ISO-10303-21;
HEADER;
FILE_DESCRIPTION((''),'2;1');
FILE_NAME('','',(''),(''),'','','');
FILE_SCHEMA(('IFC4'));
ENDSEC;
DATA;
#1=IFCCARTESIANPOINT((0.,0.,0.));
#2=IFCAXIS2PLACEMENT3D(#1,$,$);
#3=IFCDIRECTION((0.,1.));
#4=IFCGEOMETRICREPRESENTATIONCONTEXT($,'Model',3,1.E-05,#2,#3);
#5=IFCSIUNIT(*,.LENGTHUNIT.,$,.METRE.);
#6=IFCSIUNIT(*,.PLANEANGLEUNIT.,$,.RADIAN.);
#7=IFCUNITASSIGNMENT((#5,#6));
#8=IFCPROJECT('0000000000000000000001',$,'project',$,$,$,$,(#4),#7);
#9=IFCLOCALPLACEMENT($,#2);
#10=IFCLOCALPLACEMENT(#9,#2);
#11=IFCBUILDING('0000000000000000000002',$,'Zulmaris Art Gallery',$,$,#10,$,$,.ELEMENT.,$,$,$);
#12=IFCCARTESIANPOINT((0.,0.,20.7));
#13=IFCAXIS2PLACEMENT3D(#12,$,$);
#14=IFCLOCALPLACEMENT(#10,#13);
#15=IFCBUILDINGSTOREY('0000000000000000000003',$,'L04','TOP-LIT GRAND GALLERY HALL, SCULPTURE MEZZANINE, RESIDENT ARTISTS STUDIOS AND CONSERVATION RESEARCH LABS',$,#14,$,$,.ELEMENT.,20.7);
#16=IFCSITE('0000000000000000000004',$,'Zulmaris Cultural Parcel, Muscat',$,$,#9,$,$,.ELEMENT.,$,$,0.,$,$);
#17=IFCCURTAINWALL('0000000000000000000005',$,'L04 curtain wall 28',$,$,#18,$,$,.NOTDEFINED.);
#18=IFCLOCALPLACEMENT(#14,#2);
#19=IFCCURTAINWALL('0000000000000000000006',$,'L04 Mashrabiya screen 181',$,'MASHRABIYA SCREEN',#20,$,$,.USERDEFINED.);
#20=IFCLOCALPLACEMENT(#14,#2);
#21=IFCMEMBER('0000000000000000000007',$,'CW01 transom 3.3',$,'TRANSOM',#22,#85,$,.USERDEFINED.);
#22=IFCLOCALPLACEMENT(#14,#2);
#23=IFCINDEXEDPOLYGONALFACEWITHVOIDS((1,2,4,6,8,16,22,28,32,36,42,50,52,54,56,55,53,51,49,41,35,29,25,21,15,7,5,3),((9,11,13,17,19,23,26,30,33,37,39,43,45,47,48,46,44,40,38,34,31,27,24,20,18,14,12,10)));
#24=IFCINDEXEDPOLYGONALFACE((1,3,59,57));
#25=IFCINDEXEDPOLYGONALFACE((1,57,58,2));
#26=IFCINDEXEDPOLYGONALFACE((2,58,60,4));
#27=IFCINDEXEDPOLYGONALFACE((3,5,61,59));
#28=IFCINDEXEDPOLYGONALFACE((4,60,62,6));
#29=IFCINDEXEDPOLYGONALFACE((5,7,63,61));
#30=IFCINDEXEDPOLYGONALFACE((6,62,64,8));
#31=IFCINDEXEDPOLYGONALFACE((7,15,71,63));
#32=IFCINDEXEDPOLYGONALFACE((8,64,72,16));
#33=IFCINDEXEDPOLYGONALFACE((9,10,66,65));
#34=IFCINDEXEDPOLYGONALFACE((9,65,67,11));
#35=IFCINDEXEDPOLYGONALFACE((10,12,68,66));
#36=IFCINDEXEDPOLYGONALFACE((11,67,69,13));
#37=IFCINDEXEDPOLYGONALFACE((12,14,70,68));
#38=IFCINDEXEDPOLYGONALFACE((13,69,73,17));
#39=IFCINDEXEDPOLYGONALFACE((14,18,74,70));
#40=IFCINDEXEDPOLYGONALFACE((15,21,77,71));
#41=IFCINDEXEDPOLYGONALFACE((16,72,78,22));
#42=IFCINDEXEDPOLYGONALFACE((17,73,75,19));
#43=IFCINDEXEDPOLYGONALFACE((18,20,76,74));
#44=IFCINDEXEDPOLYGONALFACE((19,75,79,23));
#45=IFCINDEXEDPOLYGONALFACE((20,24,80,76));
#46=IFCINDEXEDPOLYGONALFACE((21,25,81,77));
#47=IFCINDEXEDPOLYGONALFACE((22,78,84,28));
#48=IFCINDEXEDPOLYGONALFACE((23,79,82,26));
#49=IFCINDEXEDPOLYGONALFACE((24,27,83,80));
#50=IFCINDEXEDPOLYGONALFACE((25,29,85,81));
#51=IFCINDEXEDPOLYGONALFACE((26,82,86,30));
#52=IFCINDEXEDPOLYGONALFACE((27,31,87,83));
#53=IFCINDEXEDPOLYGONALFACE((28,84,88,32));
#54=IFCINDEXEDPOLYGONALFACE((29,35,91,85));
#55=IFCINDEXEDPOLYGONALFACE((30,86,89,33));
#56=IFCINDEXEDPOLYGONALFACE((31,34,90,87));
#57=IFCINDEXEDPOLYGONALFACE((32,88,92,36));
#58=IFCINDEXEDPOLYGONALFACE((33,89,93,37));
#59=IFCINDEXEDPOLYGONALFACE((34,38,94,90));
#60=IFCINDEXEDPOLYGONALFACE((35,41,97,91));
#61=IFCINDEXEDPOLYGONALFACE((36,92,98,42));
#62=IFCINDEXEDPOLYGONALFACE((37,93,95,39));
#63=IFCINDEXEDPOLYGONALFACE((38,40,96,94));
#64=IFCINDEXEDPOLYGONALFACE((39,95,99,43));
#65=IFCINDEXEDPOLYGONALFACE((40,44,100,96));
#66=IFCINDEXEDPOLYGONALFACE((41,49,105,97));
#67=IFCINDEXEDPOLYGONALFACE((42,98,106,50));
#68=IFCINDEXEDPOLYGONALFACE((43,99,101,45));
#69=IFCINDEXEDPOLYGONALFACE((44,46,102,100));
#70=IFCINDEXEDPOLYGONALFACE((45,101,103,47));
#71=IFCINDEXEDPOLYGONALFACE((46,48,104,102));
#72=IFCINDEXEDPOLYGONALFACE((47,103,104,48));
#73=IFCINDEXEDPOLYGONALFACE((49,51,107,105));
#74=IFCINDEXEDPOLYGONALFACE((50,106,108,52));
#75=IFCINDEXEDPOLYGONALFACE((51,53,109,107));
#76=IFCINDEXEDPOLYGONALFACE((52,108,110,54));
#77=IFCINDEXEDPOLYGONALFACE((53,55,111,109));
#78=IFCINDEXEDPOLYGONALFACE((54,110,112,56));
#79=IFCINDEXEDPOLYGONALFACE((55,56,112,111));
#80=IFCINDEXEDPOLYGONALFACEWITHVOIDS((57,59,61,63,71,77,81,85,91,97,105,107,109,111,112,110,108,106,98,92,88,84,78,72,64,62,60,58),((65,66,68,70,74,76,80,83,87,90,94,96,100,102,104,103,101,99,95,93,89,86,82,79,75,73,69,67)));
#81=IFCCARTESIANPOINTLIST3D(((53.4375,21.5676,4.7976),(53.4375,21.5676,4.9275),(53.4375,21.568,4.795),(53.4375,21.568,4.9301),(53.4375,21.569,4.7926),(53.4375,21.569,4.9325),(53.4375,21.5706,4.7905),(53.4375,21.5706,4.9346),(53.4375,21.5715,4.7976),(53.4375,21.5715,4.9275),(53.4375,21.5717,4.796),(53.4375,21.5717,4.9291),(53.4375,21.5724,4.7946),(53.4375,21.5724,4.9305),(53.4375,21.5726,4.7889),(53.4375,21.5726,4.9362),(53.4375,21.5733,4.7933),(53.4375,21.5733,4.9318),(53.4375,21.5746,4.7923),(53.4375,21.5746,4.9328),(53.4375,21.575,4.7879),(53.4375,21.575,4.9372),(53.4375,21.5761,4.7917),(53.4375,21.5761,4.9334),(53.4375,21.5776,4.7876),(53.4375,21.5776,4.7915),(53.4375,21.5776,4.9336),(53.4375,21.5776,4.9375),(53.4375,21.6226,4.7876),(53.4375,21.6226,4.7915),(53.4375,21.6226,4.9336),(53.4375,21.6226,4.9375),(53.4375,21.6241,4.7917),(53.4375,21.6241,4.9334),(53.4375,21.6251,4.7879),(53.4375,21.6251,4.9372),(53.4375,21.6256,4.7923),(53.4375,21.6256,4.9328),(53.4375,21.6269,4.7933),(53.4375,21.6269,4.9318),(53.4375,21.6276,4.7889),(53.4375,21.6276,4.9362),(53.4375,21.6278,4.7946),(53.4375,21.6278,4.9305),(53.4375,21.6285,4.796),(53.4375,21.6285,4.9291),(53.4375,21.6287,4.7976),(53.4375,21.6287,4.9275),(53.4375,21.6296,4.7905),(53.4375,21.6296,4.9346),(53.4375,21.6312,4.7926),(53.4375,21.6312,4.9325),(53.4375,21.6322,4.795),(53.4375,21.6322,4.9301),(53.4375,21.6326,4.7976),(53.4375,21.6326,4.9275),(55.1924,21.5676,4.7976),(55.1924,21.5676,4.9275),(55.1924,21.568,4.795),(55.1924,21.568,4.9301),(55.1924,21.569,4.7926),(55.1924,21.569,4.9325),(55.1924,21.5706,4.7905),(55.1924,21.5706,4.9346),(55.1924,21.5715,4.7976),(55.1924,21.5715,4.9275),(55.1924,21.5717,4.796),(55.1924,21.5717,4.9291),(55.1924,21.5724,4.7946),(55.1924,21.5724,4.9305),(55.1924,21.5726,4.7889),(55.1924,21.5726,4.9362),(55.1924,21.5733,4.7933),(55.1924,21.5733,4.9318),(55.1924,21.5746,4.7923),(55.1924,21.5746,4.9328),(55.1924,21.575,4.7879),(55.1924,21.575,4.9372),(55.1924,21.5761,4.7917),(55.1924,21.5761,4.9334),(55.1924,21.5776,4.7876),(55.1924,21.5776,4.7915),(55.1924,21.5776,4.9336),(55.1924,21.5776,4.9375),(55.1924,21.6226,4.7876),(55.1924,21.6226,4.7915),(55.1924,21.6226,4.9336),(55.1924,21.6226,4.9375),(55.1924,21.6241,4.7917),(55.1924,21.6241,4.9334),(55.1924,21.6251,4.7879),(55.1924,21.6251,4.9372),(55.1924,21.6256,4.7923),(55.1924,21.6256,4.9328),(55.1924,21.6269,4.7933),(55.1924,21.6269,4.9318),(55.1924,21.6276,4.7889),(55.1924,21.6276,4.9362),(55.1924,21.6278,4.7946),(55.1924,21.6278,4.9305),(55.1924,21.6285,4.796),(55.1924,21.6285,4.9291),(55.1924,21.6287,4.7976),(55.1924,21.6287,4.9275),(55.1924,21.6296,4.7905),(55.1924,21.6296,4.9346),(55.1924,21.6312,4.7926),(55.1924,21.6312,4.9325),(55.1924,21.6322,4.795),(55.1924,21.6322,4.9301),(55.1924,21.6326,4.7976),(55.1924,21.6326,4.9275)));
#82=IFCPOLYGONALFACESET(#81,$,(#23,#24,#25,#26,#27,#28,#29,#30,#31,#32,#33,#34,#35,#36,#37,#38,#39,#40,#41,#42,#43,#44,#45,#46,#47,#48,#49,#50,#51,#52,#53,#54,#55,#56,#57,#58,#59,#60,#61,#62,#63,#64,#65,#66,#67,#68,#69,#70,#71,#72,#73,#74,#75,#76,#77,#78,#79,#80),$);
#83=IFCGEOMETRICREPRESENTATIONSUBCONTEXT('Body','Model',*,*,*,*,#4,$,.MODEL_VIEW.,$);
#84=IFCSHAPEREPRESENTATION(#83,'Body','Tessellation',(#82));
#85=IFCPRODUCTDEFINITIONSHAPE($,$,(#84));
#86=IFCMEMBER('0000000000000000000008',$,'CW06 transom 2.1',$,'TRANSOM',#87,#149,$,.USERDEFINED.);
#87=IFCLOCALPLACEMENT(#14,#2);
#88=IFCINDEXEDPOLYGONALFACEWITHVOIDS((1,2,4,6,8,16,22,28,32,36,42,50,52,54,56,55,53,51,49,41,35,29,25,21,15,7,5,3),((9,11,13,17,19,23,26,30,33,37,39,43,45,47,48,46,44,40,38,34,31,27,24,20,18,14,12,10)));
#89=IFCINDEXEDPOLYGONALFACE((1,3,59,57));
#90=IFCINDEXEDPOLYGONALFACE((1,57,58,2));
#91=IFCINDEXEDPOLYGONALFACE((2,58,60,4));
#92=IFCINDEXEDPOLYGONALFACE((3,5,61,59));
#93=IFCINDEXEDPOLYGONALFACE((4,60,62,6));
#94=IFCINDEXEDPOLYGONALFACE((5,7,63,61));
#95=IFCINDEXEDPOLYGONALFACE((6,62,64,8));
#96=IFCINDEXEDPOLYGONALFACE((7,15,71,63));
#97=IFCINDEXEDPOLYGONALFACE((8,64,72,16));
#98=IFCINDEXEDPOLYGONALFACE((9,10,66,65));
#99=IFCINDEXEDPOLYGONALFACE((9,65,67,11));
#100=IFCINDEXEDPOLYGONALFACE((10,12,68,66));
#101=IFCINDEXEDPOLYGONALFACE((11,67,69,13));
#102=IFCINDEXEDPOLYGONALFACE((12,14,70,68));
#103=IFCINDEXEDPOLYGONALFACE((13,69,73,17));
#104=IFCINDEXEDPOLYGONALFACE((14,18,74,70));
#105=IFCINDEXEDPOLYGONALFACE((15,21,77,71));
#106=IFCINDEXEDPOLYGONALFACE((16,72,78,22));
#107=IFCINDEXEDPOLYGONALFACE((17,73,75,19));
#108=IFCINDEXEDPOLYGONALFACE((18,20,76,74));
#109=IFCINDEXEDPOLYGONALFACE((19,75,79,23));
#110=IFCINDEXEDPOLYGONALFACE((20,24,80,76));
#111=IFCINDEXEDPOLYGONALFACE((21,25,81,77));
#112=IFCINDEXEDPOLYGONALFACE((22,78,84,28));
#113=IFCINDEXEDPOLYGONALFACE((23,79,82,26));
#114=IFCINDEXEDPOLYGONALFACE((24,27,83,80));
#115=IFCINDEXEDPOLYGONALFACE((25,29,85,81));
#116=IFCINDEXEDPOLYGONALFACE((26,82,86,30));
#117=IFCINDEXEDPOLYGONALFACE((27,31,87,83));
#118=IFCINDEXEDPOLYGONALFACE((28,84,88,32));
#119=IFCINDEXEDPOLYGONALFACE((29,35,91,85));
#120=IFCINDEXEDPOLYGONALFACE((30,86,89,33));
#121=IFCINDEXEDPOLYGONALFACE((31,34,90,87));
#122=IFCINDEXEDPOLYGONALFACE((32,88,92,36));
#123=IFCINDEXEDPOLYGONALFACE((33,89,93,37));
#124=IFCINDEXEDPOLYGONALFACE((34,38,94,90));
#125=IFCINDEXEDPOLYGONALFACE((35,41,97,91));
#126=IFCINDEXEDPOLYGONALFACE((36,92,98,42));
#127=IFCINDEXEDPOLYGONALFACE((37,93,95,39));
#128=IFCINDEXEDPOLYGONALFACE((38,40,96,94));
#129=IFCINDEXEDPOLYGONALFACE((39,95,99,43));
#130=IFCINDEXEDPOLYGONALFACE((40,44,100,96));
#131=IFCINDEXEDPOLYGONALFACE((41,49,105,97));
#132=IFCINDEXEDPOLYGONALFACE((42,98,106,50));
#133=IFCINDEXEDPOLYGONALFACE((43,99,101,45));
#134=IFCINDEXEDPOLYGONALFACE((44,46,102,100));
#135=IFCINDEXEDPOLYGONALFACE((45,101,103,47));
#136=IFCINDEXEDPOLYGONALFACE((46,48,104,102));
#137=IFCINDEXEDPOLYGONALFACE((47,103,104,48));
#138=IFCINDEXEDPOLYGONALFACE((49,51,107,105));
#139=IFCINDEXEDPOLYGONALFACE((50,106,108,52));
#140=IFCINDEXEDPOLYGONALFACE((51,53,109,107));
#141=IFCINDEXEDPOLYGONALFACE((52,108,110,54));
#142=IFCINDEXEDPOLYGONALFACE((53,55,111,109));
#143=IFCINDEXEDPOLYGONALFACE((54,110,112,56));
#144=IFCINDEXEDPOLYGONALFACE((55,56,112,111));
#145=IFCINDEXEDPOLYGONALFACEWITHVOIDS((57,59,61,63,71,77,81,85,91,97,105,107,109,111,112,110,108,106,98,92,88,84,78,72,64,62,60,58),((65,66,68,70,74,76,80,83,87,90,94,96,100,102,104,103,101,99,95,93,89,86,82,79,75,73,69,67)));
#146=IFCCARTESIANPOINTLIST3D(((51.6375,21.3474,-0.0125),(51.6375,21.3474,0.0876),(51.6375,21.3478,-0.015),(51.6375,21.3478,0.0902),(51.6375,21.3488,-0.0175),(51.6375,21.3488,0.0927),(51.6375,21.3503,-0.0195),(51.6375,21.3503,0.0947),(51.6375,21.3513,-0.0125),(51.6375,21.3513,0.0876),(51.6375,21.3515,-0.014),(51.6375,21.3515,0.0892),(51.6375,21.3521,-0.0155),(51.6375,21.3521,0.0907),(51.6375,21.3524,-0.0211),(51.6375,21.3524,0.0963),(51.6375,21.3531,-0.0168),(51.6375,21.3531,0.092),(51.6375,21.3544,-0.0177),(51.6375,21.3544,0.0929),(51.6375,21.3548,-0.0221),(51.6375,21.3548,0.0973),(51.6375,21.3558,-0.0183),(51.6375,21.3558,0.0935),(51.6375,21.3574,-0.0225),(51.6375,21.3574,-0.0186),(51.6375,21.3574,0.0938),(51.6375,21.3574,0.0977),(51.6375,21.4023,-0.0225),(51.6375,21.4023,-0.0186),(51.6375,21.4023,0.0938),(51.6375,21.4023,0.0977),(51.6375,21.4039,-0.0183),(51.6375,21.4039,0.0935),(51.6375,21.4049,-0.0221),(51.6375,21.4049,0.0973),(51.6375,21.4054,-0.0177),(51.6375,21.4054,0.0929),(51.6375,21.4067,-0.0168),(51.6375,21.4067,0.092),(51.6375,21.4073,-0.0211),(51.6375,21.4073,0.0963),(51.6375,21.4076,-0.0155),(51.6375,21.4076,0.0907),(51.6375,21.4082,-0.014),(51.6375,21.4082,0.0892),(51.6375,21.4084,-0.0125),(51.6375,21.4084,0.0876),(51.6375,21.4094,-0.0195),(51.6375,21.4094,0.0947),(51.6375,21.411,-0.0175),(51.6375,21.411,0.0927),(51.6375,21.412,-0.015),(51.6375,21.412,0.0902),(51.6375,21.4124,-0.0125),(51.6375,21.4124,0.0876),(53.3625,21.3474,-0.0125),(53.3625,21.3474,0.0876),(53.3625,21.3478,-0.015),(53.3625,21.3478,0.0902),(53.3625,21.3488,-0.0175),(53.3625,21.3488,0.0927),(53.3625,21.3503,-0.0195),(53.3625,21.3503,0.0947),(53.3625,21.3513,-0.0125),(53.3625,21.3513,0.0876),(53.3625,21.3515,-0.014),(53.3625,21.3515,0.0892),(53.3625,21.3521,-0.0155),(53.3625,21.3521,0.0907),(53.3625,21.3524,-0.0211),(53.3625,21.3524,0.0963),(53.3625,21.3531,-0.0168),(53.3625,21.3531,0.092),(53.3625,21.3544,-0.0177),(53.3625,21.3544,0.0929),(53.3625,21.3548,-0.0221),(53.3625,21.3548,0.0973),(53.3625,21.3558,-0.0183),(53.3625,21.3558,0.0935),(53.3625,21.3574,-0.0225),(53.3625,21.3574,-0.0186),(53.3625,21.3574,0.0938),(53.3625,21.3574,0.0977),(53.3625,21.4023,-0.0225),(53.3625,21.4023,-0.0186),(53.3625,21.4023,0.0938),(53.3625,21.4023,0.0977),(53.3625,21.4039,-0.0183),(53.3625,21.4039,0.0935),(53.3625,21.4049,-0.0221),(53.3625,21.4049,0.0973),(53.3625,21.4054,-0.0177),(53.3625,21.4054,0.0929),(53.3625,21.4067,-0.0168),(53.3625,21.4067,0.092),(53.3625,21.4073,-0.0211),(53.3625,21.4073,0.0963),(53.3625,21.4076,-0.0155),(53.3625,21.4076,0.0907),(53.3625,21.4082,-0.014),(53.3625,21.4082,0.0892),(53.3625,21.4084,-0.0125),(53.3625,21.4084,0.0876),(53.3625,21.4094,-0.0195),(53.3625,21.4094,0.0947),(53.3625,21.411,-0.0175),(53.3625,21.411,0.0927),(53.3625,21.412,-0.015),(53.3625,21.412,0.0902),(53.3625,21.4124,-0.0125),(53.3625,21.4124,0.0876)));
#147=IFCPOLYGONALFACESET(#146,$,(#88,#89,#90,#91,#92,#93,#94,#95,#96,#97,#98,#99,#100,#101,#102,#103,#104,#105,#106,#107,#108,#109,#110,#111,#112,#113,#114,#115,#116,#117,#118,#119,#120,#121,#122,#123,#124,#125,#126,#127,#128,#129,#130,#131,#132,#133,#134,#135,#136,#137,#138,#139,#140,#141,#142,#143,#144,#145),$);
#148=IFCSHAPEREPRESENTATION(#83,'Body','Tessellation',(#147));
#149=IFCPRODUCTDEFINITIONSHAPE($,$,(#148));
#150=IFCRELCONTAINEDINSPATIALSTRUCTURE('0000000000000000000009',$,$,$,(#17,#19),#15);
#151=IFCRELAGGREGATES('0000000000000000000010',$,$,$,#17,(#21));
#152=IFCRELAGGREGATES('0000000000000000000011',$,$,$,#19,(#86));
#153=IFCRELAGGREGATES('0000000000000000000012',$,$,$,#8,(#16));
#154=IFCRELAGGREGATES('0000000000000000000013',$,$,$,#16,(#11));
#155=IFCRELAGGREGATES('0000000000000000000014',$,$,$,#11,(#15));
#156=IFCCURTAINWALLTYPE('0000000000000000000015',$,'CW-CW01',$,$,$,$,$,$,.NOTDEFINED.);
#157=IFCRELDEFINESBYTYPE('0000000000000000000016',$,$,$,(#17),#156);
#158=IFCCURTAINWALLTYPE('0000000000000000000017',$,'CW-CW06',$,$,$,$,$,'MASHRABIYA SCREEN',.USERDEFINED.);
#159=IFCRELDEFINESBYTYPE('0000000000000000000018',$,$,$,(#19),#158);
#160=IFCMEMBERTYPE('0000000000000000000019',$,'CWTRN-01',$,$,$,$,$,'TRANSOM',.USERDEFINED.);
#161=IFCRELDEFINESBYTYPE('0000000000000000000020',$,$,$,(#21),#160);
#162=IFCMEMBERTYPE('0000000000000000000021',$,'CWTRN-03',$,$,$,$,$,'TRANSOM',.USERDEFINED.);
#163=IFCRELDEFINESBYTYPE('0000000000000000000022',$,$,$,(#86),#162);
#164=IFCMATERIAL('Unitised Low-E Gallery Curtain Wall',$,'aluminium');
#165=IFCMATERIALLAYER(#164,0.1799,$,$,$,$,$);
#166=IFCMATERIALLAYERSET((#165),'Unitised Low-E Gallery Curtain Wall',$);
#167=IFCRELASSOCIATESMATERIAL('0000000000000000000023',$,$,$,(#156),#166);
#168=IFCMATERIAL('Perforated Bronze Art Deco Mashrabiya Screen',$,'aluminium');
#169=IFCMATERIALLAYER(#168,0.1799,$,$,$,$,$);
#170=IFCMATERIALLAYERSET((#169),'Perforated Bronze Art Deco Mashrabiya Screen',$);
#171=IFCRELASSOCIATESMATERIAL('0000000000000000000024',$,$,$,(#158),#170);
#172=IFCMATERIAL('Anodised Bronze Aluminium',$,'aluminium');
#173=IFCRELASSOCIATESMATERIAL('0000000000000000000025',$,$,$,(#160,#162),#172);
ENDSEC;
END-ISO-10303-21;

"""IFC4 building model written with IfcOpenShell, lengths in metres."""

from ifc_helpers import new_model, si_unit, direction, frame, origin, origin_2d, place, context, subcontext, project, spatial, hollow_rectangle, extrude, material, layer, layer_set, material_profile, profile_set, type_object, element, aggregate, save


model = new_model("IFC4")

# Units and contexts
model_context = context("Model", 3, precision=1e-05, world=origin(), true_north=direction((0.0, 1.0)))
body_context = subcontext(model_context, "Body", "Model", "MODEL_VIEW")
ifc_project = project(units=[si_unit("LENGTHUNIT", "METRE"), si_unit("PLANEANGLEUNIT", "RADIAN")], contexts=[model_context])

# Site, building, storey
site_placement = place(None, origin())
site = spatial("IfcSite", under=ifc_project, at=site_placement, Name="Zulmaris Cultural Parcel, Muscat", CompositionType="ELEMENT", RefElevation=0.0)
building_placement = place(site_placement, origin())
building = spatial("IfcBuilding", under=site, at=building_placement, Name="Zulmaris Art Gallery", CompositionType="ELEMENT")
storey_placement = place(building_placement, frame((0.0, 0.0, 20.7)))
storey = spatial("IfcBuildingStorey", under=building, at=storey_placement, Name="L04", Description="TOP-LIT GRAND GALLERY HALL, SCULPTURE MEZZANINE, RESIDENT ARTISTS STUDIOS AND CONSERVATION RESEARCH LABS", CompositionType="ELEMENT", Elevation=20.7)

# Curtain wall
ifc_material_1 = material(Name="Unitised Low-E Gallery Curtain Wall", Category="aluminium")
ifc_layer_1 = layer(ifc_material_1, 0.1799)
ifc_layer_set_1 = layer_set([ifc_layer_1], Name="Unitised Low-E Gallery Curtain Wall")
curtain_wall_type_1 = type_object("IfcCurtainWallType", Name="CW-CW01", PredefinedType="NOTDEFINED", material=ifc_layer_set_1)
curtain_wall_1_placement = place(storey_placement, origin())
curtain_wall_1 = element("IfcCurtainWall", 1, at=curtain_wall_1_placement, inside=storey, type_object=curtain_wall_type_1, Name="L04 curtain wall 28", PredefinedType="NOTDEFINED")
ifc_material_2 = material(Name="Anodised Bronze Aluminium", Category="aluminium")

# Curtain wall
ifc_material_3 = material(Name="Perforated Bronze Art Deco Mashrabiya Screen", Category="aluminium")
ifc_layer_2 = layer(ifc_material_3, 0.1799)
ifc_layer_set_2 = layer_set([ifc_layer_2], Name="Perforated Bronze Art Deco Mashrabiya Screen")
curtain_wall_type_2 = type_object("IfcCurtainWallType", Name="CW-CW06", ElementType="MASHRABIYA SCREEN", PredefinedType="USERDEFINED", material=ifc_layer_set_2)
curtain_wall_2_placement = place(storey_placement, origin())
curtain_wall_2 = element("IfcCurtainWall", 2, at=curtain_wall_2_placement, inside=storey, type_object=curtain_wall_type_2, Name="L04 Mashrabiya screen 181", ObjectType="MASHRABIYA SCREEN", PredefinedType="USERDEFINED")

# Members
ifc_material_profile_1 = material_profile(ifc_material_2, hollow_rectangle(XDim=0.0649, YDim=0.1499, WallThickness=0.0039, InnerFilletRadius=0.0061, OuterFilletRadius=0.01, at=origin_2d()), Name="ALU 65x150x4")
ifc_profile_set_1 = profile_set([ifc_material_profile_1], Name="Anodised Bronze Aluminium")
member_type_1 = type_object("IfcMemberType", Name="CWTRN-01", ElementType="TRANSOM", PredefinedType="USERDEFINED", material=ifc_profile_set_1)
member_1_placement = place(storey_placement, frame((53.4375, 21.6001, 4.8625), z_axis=(1.0, 0.0, 0.0), x_axis=(0.0, 1.0, 0.0)))
member_1 = element("IfcMember", 3, at=member_1_placement, type_object=member_type_1, Name="CW01 transom 3.3", ObjectType="TRANSOM", PredefinedType="USERDEFINED", context=body_context, shape_type="SweptSolid", body=[
    extrude(hollow_rectangle(XDim=0.0649, YDim=0.1499, WallThickness=0.0039, InnerFilletRadius=0.0061, OuterFilletRadius=0.01, at=origin_2d()), origin(), (0.0, 0.0, 1.0), 1.7549),
])
ifc_material_profile_2 = material_profile(ifc_material_2, hollow_rectangle(XDim=0.0649, YDim=0.1201, WallThickness=0.0039, InnerFilletRadius=0.0061, OuterFilletRadius=0.01, at=origin_2d()), Name="ALU 65x120x4")
ifc_profile_set_2 = profile_set([ifc_material_profile_2], Name="Anodised Bronze Aluminium")
member_type_2 = type_object("IfcMemberType", Name="CWTRN-03", ElementType="TRANSOM", PredefinedType="USERDEFINED", material=ifc_profile_set_2)
member_2_placement = place(storey_placement, frame((51.6375, 21.3799, 0.0376), z_axis=(1.0, 0.0, 0.0), x_axis=(0.0, 1.0, 0.0)))
member_2 = element("IfcMember", 4, at=member_2_placement, type_object=member_type_2, Name="CW06 transom 2.1", ObjectType="TRANSOM", PredefinedType="USERDEFINED", context=body_context, shape_type="SweptSolid", body=[
    extrude(hollow_rectangle(XDim=0.0649, YDim=0.1201, WallThickness=0.0039, InnerFilletRadius=0.0061, OuterFilletRadius=0.01, at=origin_2d()), origin(), (0.0, 0.0, 1.0), 1.7251),
])

aggregate(curtain_wall_1, [member_1])
aggregate(curtain_wall_2, [member_2])

save(model, "model.ifc")
